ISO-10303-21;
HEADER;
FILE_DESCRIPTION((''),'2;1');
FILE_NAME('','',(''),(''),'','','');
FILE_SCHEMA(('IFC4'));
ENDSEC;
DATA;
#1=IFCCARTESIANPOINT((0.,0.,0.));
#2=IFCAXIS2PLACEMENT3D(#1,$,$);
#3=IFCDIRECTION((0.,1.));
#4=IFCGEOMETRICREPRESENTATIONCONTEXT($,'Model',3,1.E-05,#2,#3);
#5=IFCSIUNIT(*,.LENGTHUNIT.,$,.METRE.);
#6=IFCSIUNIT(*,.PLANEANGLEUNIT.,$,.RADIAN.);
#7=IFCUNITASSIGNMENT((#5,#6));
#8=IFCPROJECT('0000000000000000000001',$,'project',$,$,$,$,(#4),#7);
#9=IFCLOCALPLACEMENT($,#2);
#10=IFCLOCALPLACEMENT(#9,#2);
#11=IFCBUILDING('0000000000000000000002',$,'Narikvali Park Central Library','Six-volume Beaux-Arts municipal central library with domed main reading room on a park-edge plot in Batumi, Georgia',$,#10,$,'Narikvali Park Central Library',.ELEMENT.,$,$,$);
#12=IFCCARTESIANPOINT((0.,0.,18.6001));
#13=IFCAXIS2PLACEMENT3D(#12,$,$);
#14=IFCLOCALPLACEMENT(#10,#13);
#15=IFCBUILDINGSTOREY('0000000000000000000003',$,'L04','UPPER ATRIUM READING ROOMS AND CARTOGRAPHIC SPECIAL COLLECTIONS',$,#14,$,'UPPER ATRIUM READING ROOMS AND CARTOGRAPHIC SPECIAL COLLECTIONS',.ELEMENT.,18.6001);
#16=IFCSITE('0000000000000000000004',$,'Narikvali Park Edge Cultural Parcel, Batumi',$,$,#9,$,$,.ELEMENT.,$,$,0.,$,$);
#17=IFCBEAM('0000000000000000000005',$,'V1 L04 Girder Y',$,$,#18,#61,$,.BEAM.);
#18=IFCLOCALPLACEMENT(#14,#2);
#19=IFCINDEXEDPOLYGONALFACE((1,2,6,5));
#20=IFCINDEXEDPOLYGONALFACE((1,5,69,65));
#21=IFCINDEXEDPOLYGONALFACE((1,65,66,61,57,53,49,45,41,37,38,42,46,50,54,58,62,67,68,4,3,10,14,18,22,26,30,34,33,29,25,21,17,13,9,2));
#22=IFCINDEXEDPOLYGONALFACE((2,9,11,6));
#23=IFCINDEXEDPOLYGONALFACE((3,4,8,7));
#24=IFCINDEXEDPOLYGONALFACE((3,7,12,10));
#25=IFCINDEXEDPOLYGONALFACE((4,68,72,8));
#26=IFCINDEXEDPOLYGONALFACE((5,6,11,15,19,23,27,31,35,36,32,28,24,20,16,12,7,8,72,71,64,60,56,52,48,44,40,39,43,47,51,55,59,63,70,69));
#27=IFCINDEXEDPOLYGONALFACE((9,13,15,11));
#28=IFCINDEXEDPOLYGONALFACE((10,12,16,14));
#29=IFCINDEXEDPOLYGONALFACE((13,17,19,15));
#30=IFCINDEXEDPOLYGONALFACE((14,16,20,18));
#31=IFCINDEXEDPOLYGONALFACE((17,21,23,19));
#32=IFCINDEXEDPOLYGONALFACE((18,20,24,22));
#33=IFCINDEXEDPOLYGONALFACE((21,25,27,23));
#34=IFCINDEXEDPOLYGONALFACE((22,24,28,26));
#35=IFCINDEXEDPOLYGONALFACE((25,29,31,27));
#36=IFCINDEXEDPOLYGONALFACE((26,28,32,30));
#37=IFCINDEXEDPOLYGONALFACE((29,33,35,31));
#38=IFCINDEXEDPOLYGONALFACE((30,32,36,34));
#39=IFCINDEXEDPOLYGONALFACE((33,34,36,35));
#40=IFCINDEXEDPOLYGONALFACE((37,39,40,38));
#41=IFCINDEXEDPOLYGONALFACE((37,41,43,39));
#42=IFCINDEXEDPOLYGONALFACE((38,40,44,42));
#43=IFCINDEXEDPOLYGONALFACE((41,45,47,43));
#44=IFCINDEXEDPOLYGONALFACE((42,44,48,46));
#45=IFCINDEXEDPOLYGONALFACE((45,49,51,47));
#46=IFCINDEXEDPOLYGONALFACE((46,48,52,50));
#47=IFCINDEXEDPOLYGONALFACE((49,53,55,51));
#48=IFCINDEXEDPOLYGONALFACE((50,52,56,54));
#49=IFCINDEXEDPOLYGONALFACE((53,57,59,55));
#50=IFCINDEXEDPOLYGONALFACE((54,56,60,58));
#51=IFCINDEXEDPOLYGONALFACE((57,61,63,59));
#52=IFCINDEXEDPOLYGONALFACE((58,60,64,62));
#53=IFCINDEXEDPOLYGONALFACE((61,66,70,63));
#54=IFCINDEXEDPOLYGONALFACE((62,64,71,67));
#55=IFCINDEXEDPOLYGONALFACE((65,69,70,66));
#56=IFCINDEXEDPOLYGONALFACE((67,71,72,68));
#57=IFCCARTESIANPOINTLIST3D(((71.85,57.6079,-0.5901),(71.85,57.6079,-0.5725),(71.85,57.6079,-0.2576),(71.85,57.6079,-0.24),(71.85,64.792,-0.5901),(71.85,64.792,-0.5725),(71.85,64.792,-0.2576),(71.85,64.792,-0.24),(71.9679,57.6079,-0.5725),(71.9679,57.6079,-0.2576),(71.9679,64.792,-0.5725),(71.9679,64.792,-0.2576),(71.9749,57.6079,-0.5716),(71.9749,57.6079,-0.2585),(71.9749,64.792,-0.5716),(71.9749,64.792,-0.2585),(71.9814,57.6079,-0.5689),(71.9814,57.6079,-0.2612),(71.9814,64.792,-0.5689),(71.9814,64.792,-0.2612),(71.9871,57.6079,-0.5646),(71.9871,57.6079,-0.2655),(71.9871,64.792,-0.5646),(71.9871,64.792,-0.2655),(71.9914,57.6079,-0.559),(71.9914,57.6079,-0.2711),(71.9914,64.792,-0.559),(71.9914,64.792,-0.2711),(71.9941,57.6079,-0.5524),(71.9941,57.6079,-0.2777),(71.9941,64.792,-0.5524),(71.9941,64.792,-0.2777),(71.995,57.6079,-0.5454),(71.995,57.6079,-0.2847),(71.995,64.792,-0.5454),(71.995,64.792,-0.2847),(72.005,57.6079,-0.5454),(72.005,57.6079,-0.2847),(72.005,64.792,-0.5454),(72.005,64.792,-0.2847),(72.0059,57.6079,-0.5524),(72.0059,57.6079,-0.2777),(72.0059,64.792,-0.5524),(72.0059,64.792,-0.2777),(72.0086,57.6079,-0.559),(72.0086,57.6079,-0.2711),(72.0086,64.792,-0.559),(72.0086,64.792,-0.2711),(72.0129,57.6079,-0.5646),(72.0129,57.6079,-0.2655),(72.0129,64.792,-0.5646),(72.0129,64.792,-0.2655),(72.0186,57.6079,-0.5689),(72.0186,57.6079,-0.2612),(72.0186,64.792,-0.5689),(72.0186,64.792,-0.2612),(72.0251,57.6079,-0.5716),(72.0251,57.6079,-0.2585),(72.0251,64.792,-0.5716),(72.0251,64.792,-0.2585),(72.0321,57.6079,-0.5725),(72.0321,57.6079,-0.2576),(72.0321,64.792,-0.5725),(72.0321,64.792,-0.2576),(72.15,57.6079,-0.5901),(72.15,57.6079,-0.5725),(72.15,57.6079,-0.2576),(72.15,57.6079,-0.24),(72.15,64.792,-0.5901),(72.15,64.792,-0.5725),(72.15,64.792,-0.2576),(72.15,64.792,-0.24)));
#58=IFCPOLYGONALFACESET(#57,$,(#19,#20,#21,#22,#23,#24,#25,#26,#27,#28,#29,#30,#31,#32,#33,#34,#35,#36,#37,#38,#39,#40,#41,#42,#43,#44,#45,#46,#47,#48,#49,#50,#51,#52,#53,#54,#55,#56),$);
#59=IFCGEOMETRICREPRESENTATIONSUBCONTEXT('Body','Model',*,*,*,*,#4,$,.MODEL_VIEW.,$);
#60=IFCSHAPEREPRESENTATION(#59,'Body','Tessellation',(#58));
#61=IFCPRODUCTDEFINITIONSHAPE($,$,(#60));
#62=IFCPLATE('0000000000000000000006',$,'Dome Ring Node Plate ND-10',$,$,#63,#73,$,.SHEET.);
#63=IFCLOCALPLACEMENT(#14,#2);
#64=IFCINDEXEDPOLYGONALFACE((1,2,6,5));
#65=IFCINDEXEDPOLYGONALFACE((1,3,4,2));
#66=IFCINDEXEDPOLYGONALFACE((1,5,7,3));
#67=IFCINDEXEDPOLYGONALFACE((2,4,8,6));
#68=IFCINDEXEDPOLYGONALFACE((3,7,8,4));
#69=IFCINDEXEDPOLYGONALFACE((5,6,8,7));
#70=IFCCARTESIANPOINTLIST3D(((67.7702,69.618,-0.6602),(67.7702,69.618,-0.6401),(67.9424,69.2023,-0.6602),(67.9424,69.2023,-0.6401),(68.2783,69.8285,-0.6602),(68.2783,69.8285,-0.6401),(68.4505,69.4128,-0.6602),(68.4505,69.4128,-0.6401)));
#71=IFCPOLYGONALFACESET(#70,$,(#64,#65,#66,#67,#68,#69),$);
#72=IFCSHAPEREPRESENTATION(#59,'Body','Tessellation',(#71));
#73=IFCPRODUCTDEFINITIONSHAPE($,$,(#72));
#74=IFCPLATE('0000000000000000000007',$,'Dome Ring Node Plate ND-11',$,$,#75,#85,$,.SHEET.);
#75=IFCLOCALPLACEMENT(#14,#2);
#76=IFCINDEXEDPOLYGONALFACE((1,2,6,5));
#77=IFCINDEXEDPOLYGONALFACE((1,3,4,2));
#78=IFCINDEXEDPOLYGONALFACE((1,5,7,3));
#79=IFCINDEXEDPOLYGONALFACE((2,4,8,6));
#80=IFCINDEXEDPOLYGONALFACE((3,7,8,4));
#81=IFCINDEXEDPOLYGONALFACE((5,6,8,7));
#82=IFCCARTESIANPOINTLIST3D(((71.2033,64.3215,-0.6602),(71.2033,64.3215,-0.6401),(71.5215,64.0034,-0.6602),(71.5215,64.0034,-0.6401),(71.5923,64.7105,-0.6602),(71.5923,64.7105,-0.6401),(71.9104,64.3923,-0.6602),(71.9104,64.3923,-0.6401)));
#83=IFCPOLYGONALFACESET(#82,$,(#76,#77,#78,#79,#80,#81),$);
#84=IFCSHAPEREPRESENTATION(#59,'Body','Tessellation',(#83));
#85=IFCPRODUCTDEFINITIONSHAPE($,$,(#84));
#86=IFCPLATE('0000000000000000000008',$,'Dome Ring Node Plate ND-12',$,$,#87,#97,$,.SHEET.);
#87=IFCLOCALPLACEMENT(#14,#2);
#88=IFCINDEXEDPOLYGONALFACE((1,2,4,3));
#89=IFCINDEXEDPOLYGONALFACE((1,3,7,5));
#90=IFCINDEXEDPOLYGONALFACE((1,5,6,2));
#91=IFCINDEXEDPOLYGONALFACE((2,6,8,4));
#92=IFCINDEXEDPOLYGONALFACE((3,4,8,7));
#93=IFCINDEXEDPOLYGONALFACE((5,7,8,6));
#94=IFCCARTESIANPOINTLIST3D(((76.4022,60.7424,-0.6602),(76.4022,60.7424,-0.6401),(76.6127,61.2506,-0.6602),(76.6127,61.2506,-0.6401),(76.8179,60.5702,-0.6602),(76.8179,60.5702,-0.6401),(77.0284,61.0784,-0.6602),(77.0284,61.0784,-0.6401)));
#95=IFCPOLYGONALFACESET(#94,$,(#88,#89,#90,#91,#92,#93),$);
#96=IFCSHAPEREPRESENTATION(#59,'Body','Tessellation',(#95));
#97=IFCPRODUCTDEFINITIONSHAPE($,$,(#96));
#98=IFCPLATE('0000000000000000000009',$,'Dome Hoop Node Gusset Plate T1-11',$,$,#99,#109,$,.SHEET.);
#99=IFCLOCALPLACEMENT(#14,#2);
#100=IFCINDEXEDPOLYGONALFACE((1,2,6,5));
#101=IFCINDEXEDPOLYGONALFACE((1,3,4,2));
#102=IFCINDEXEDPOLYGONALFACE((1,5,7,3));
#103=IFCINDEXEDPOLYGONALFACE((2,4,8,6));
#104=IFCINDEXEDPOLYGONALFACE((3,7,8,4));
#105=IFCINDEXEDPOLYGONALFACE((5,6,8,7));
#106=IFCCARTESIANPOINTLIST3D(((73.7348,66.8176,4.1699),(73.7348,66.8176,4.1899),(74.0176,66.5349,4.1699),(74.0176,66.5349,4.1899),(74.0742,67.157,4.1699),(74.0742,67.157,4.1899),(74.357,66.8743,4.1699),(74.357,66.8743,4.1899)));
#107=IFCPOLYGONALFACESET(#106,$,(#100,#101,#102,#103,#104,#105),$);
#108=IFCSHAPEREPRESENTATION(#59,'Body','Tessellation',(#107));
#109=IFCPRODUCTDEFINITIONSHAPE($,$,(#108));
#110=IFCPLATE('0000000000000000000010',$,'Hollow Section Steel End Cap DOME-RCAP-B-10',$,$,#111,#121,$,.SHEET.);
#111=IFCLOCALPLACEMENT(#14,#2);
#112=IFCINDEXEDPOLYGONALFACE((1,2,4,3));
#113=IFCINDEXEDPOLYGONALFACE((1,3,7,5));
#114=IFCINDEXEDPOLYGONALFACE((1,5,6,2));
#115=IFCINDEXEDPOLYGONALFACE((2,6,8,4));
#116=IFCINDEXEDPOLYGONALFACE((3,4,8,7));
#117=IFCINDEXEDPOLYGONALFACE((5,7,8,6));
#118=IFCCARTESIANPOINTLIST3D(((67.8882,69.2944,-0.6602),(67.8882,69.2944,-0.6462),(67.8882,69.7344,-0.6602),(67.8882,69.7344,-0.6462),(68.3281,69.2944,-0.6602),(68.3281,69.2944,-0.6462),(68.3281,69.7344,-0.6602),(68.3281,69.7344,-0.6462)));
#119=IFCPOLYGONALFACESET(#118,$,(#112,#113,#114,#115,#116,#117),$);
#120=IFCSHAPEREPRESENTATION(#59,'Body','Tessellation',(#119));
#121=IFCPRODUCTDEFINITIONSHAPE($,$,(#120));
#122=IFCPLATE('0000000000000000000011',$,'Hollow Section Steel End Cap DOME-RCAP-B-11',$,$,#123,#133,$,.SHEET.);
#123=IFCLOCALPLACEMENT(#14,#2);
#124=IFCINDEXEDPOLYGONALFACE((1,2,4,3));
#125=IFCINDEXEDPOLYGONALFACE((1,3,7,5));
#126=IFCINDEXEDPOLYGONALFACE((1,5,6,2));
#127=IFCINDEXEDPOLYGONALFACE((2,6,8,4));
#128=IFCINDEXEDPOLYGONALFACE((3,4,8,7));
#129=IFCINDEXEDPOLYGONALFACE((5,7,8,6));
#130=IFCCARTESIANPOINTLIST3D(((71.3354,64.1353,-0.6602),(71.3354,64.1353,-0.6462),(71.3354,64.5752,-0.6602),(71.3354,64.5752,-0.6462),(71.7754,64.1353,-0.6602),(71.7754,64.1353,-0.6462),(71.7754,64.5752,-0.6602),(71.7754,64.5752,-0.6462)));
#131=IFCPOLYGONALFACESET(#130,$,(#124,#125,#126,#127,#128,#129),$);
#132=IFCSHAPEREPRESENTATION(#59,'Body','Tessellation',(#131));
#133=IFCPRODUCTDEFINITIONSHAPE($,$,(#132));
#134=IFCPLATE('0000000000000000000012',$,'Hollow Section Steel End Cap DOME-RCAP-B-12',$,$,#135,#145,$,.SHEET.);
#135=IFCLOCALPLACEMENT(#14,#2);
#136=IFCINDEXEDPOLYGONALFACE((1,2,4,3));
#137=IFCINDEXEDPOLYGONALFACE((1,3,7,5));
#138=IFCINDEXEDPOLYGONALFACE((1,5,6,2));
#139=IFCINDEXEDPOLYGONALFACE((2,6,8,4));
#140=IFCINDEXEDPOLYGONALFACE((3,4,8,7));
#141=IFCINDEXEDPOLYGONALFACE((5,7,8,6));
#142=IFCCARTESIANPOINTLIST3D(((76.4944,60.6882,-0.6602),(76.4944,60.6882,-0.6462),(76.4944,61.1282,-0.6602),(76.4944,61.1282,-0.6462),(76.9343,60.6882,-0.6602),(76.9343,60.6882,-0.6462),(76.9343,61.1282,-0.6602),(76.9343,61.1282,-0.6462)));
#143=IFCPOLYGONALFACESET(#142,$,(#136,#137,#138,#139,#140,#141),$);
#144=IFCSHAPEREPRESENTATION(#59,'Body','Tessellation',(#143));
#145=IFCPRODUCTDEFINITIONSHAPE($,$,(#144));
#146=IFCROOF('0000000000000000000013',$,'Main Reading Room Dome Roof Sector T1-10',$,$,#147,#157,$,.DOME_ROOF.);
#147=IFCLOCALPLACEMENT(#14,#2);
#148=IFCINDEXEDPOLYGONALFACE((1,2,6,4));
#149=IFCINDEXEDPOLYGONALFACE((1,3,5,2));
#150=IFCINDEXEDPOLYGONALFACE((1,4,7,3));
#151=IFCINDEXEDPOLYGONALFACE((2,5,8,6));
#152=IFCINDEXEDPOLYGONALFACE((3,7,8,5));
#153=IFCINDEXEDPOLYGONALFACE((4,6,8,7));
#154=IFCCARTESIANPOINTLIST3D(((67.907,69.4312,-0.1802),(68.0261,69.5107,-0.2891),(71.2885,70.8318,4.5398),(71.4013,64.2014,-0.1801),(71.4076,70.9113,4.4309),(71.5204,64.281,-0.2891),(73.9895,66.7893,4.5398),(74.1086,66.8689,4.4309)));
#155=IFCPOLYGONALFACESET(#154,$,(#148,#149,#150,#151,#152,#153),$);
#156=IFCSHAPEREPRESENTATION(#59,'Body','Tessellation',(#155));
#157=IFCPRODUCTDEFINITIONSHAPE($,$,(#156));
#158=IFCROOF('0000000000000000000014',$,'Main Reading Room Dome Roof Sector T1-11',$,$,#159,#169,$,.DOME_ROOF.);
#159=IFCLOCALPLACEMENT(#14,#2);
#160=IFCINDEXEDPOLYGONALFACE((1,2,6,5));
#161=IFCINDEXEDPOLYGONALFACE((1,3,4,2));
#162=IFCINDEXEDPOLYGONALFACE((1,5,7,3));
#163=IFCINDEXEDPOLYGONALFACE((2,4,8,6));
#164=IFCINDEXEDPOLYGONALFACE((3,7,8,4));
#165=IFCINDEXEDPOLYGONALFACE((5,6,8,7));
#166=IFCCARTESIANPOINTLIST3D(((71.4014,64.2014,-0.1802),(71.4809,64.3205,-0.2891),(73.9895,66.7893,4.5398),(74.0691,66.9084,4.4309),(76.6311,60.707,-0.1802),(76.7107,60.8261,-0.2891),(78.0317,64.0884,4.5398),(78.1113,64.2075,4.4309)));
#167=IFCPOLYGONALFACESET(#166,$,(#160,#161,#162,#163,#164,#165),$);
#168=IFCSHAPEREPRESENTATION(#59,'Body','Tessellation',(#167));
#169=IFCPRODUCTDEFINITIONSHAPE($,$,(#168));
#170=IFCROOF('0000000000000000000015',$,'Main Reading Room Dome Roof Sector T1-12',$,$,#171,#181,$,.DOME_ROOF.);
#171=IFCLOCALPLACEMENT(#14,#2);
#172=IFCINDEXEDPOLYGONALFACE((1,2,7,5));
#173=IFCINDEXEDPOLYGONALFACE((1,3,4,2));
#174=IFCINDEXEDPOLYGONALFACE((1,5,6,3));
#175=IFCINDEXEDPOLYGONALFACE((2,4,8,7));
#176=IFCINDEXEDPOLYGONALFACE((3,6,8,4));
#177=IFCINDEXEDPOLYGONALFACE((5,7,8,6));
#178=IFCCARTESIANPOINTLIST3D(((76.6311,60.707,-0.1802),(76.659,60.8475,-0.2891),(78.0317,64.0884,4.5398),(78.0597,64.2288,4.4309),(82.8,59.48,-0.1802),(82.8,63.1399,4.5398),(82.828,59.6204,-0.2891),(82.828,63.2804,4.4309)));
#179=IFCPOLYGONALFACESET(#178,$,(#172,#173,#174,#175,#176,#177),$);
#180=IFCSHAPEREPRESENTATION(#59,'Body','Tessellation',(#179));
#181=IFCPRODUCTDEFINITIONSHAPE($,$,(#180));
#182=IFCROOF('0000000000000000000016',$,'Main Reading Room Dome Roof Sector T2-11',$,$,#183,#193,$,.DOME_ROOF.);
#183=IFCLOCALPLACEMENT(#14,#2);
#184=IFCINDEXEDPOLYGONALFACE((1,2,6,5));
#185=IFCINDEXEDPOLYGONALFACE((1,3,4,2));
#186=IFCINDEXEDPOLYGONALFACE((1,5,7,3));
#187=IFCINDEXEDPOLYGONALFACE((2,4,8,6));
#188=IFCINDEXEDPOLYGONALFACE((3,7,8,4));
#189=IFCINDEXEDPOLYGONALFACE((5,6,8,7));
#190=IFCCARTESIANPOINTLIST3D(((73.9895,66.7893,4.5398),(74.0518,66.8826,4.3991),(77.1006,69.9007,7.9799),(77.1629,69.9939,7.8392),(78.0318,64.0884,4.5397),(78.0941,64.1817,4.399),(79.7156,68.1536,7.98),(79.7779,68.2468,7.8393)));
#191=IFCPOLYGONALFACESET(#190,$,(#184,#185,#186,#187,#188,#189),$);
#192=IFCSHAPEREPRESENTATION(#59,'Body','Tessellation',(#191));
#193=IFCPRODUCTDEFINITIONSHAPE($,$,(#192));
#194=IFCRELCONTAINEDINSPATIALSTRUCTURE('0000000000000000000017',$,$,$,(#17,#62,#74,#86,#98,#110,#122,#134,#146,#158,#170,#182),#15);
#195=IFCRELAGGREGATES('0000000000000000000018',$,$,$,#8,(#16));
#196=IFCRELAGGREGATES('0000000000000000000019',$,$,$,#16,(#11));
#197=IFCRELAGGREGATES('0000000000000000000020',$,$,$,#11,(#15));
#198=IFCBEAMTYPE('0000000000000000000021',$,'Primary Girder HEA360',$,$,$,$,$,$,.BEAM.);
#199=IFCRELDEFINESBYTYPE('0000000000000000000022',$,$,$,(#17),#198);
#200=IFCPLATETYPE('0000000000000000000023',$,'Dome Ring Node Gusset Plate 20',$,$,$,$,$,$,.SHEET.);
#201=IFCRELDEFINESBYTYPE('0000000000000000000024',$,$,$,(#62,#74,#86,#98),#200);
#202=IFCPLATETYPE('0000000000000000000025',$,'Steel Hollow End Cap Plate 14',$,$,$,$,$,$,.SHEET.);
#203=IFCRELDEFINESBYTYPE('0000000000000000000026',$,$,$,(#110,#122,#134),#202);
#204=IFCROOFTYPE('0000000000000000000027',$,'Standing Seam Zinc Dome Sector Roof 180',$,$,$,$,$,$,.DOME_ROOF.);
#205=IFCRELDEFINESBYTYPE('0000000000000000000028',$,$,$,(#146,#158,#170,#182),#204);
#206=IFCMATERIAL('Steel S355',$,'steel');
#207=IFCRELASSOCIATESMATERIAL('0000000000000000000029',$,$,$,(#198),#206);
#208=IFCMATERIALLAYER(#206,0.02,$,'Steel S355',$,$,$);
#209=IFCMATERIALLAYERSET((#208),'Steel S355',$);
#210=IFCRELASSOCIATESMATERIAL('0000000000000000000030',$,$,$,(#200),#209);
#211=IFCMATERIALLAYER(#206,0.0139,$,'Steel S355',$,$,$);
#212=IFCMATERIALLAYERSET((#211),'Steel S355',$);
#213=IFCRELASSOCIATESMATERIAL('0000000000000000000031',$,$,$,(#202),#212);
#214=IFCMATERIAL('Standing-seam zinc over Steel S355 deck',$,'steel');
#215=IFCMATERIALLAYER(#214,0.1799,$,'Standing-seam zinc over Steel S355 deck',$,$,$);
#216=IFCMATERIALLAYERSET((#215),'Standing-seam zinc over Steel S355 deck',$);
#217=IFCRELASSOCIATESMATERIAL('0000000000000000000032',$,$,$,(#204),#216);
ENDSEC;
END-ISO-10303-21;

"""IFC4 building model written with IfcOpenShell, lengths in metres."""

from ifc_helpers import new_model, si_unit, direction, frame, origin, origin_2d, place, context, subcontext, project, spatial, polyline, rectangle, i_section, outline, extrude, material, layer, layer_set, material_profile, profile_set, type_object, element, save


model = new_model("IFC4")

# Units and contexts
model_context = context("Model", 3, precision=1e-05, world=origin(), true_north=direction((0.0, 1.0)))
body_context = subcontext(model_context, "Body", "Model", "MODEL_VIEW")
ifc_project = project(units=[si_unit("LENGTHUNIT", "METRE"), si_unit("PLANEANGLEUNIT", "RADIAN")], contexts=[model_context])

# Site, building, storey
site_placement = place(None, origin())
site = spatial("IfcSite", under=ifc_project, at=site_placement, Name="Narikvali Park Edge Cultural Parcel, Batumi", CompositionType="ELEMENT", RefElevation=0.0)
building_placement = place(site_placement, origin())
building = spatial("IfcBuilding", under=site, at=building_placement, Name="Narikvali Park Central Library", Description="Six-volume Beaux-Arts municipal central library with domed main reading room on a park-edge plot in Batumi, Georgia", LongName="Narikvali Park Central Library", CompositionType="ELEMENT")
storey_placement = place(building_placement, frame((0.0, 0.0, 18.6001)))
storey = spatial("IfcBuildingStorey", under=building, at=storey_placement, Name="L04", Description="UPPER ATRIUM READING ROOMS AND CARTOGRAPHIC SPECIAL COLLECTIONS", LongName="UPPER ATRIUM READING ROOMS AND CARTOGRAPHIC SPECIAL COLLECTIONS", CompositionType="ELEMENT", Elevation=18.6001)

# Shared definitions
ifc_material_1 = material(Name="Steel S355", Category="steel")

# Beam
ifc_material_profile_1 = material_profile(ifc_material_1, i_section(OverallWidth=0.3, OverallDepth=0.3501, WebThickness=0.01, FlangeThickness=0.0176, FilletRadius=0.0271, at=origin_2d()), Name="HEA 360")
ifc_profile_set_1 = profile_set([ifc_material_profile_1], Name="Steel S355")
beam_type_1 = type_object("IfcBeamType", Name="Primary Girder HEA360", PredefinedType="BEAM", material=ifc_profile_set_1)
beam_1_placement = place(storey_placement, frame((72.0, 57.6079, -0.415), z_axis=(0.0, 1.0, 0.0), x_axis=(-1.0, 0.0, 0.0)))
element("IfcBeam", 1, at=beam_1_placement, inside=storey, type_object=beam_type_1, Name="V1 L04 Girder Y", PredefinedType="BEAM", context=body_context, shape_type="SweptSolid", body=[
    extrude(i_section(OverallWidth=0.3, OverallDepth=0.3501, WebThickness=0.01, FlangeThickness=0.0176, FilletRadius=0.0271, at=origin_2d()), origin(), (0.0, 0.0, 1.0), 7.1841),
])

# Plates
ifc_layer_1 = layer(ifc_material_1, 0.02, Name="Steel S355")
ifc_layer_set_1 = layer_set([ifc_layer_1], Name="Steel S355")
plate_type_1 = type_object("IfcPlateType", Name="Dome Ring Node Gusset Plate 20", PredefinedType="SHEET", material=ifc_layer_set_1)
for number, where, z_axis, x_axis, name in (
    (2, (68.1104, 69.5154, -0.6602), (0.0, 0.0, 1.0), (-0.92388, -0.382683, 0.0), "Dome Ring Node Plate ND-10"),
    (3, (71.5569, 64.3569, -0.6602), (0.0, 0.0, 1.0), (-0.707107, -0.707107, 0.0), "Dome Ring Node Plate ND-11"),
    (4, (76.7153, 60.9104, -0.6602), (0.0, 0.0, 1.0), (-0.382683, -0.92388, 0.0), "Dome Ring Node Plate ND-12"),
):
    element("IfcPlate", number, at=place(storey_placement, frame(where, z_axis=z_axis, x_axis=x_axis)), inside=storey, type_object=plate_type_1, Name=name, PredefinedType="SHEET", context=body_context, shape_type="SweptSolid", body=[
        extrude(rectangle(XDim=0.55, YDim=0.45, at=origin_2d()), origin(), (0.0, 0.0, 1.0), 0.02),
    ])
plate_placement = place(storey_placement, frame((74.0459, 66.8459, 4.1699), z_axis=(0.0, 0.0, 1.0), x_axis=(-0.707107, -0.707107, 0.0)))
element("IfcPlate", 5, at=plate_placement, inside=storey, type_object=plate_type_1, Name="Dome Hoop Node Gusset Plate T1-11", PredefinedType="SHEET", context=body_context, shape_type="SweptSolid", body=[
    extrude(rectangle(XDim=0.48, YDim=0.3999, at=origin_2d()), origin(), (0.0, 0.0, 1.0), 0.02),
])
ifc_layer_2 = layer(ifc_material_1, 0.0139, Name="Steel S355")
ifc_layer_set_2 = layer_set([ifc_layer_2], Name="Steel S355")
plate_type_2 = type_object("IfcPlateType", Name="Steel Hollow End Cap Plate 14", PredefinedType="SHEET", material=ifc_layer_set_2)
for number, where, z_axis, x_axis, name in (
    (6, (68.1082, 69.5144, -0.6602), (0.0, 0.0, 1.0), (1.0, 0.0, 0.0), "Hollow Section Steel End Cap DOME-RCAP-B-10"),
    (7, (71.5554, 64.3552, -0.6602), (0.0, 0.0, 1.0), (1.0, 0.0, 0.0), "Hollow Section Steel End Cap DOME-RCAP-B-11"),
    (8, (76.7144, 60.9082, -0.6602), (0.0, 0.0, 1.0), (1.0, 0.0, 0.0), "Hollow Section Steel End Cap DOME-RCAP-B-12"),
):
    element("IfcPlate", number, at=place(storey_placement, frame(where, z_axis=z_axis, x_axis=x_axis)), inside=storey, type_object=plate_type_2, Name=name, PredefinedType="SHEET", context=body_context, shape_type="SweptSolid", body=[
        extrude(rectangle(XDim=0.4399, YDim=0.4399, at=origin_2d()), origin(), (0.0, 0.0, 1.0), 0.0139),
    ])

# Roofs
ifc_material_2 = material(Name="Standing-seam zinc over Steel S355 deck", Category="steel")
ifc_layer_3 = layer(ifc_material_2, 0.1799, Name="Standing-seam zinc over Steel S355 deck")
ifc_layer_set_3 = layer_set([ifc_layer_3], Name="Standing-seam zinc over Steel S355 deck")
roof_type = type_object("IfcRoofType", Name="Standing Seam Zinc Dome Sector Roof 180", PredefinedType="DOME_ROOF", material=ifc_layer_set_3)
roof_1_placement = place(storey_placement, frame((67.907, 69.4312, -0.1802), z_axis=(-0.661815, -0.442198, 0.605361), x_axis=(0.555562, -0.831475, 0.000006)))
element("IfcRoof", 9, at=roof_1_placement, inside=storey, type_object=roof_type, Name="Main Reading Room Dome Roof Sector T1-10", PredefinedType="DOME_ROOF", context=body_context, shape_type="SweptSolid", body=[
    extrude(outline(polyline([(0.0, 0.0), (6.2897, 0.0), (5.5759, 5.9299), (0.7141, 5.93), (0.0, 0.0)])), origin(), (0.0, 0.0, -1.0), 0.1799),
])
roof_2_placement = place(storey_placement, frame((71.4014, 64.2014, -0.1802), z_axis=(-0.442212, -0.661819, 0.605347), x_axis=(0.831471, -0.555569, 0.0)))
element("IfcRoof", 10, at=roof_2_placement, inside=storey, type_object=roof_type, Name="Main Reading Room Dome Roof Sector T1-11", PredefinedType="DOME_ROOF", context=body_context, shape_type="SweptSolid", body=[
    extrude(outline(polyline([(0.0, 0.0), (6.2897, 0.0), (5.5758, 5.9299), (0.7142, 5.9299), (0.0, 0.0)])), origin(), (0.0, 0.0, -1.0), 0.1799),
])
roof_3_placement = place(storey_placement, frame((76.6311, 60.707, -0.1802), z_axis=(-0.155284, -0.780671, 0.605343), x_axis=(0.980786, -0.195088, 0.000001)))
element("IfcRoof", 11, at=roof_3_placement, inside=storey, type_object=roof_type, Name="Main Reading Room Dome Roof Sector T1-12", PredefinedType="DOME_ROOF", context=body_context, shape_type="SweptSolid", body=[
    extrude(outline(polyline([(0.0, 0.0), (6.2898, 0.0), (5.5758, 5.9299), (0.7141, 5.9299), (0.0, 0.0)])), origin(), (0.0, 0.0, -1.0), 0.1799),
])
roof_4_placement = place(storey_placement, frame((73.9895, 66.7893, 4.5398), z_axis=(-0.346301, -0.518301, 0.781946), x_axis=(0.831475, -0.555562, -0.00001)))
element("IfcRoof", 12, at=roof_4_placement, inside=storey, type_object=roof_type, Name="Main Reading Room Dome Roof Sector T2-11", PredefinedType="DOME_ROOF", context=body_context, shape_type="SweptSolid", body=[
    extrude(outline(polyline([(0.0, 0.0), (4.8616, 0.0), (4.0031, 5.519), (0.8582, 5.5188), (0.0, 0.0)])), origin(), (0.0, 0.0, -1.0), 0.1799),
])

save(model, "model.ifc")
